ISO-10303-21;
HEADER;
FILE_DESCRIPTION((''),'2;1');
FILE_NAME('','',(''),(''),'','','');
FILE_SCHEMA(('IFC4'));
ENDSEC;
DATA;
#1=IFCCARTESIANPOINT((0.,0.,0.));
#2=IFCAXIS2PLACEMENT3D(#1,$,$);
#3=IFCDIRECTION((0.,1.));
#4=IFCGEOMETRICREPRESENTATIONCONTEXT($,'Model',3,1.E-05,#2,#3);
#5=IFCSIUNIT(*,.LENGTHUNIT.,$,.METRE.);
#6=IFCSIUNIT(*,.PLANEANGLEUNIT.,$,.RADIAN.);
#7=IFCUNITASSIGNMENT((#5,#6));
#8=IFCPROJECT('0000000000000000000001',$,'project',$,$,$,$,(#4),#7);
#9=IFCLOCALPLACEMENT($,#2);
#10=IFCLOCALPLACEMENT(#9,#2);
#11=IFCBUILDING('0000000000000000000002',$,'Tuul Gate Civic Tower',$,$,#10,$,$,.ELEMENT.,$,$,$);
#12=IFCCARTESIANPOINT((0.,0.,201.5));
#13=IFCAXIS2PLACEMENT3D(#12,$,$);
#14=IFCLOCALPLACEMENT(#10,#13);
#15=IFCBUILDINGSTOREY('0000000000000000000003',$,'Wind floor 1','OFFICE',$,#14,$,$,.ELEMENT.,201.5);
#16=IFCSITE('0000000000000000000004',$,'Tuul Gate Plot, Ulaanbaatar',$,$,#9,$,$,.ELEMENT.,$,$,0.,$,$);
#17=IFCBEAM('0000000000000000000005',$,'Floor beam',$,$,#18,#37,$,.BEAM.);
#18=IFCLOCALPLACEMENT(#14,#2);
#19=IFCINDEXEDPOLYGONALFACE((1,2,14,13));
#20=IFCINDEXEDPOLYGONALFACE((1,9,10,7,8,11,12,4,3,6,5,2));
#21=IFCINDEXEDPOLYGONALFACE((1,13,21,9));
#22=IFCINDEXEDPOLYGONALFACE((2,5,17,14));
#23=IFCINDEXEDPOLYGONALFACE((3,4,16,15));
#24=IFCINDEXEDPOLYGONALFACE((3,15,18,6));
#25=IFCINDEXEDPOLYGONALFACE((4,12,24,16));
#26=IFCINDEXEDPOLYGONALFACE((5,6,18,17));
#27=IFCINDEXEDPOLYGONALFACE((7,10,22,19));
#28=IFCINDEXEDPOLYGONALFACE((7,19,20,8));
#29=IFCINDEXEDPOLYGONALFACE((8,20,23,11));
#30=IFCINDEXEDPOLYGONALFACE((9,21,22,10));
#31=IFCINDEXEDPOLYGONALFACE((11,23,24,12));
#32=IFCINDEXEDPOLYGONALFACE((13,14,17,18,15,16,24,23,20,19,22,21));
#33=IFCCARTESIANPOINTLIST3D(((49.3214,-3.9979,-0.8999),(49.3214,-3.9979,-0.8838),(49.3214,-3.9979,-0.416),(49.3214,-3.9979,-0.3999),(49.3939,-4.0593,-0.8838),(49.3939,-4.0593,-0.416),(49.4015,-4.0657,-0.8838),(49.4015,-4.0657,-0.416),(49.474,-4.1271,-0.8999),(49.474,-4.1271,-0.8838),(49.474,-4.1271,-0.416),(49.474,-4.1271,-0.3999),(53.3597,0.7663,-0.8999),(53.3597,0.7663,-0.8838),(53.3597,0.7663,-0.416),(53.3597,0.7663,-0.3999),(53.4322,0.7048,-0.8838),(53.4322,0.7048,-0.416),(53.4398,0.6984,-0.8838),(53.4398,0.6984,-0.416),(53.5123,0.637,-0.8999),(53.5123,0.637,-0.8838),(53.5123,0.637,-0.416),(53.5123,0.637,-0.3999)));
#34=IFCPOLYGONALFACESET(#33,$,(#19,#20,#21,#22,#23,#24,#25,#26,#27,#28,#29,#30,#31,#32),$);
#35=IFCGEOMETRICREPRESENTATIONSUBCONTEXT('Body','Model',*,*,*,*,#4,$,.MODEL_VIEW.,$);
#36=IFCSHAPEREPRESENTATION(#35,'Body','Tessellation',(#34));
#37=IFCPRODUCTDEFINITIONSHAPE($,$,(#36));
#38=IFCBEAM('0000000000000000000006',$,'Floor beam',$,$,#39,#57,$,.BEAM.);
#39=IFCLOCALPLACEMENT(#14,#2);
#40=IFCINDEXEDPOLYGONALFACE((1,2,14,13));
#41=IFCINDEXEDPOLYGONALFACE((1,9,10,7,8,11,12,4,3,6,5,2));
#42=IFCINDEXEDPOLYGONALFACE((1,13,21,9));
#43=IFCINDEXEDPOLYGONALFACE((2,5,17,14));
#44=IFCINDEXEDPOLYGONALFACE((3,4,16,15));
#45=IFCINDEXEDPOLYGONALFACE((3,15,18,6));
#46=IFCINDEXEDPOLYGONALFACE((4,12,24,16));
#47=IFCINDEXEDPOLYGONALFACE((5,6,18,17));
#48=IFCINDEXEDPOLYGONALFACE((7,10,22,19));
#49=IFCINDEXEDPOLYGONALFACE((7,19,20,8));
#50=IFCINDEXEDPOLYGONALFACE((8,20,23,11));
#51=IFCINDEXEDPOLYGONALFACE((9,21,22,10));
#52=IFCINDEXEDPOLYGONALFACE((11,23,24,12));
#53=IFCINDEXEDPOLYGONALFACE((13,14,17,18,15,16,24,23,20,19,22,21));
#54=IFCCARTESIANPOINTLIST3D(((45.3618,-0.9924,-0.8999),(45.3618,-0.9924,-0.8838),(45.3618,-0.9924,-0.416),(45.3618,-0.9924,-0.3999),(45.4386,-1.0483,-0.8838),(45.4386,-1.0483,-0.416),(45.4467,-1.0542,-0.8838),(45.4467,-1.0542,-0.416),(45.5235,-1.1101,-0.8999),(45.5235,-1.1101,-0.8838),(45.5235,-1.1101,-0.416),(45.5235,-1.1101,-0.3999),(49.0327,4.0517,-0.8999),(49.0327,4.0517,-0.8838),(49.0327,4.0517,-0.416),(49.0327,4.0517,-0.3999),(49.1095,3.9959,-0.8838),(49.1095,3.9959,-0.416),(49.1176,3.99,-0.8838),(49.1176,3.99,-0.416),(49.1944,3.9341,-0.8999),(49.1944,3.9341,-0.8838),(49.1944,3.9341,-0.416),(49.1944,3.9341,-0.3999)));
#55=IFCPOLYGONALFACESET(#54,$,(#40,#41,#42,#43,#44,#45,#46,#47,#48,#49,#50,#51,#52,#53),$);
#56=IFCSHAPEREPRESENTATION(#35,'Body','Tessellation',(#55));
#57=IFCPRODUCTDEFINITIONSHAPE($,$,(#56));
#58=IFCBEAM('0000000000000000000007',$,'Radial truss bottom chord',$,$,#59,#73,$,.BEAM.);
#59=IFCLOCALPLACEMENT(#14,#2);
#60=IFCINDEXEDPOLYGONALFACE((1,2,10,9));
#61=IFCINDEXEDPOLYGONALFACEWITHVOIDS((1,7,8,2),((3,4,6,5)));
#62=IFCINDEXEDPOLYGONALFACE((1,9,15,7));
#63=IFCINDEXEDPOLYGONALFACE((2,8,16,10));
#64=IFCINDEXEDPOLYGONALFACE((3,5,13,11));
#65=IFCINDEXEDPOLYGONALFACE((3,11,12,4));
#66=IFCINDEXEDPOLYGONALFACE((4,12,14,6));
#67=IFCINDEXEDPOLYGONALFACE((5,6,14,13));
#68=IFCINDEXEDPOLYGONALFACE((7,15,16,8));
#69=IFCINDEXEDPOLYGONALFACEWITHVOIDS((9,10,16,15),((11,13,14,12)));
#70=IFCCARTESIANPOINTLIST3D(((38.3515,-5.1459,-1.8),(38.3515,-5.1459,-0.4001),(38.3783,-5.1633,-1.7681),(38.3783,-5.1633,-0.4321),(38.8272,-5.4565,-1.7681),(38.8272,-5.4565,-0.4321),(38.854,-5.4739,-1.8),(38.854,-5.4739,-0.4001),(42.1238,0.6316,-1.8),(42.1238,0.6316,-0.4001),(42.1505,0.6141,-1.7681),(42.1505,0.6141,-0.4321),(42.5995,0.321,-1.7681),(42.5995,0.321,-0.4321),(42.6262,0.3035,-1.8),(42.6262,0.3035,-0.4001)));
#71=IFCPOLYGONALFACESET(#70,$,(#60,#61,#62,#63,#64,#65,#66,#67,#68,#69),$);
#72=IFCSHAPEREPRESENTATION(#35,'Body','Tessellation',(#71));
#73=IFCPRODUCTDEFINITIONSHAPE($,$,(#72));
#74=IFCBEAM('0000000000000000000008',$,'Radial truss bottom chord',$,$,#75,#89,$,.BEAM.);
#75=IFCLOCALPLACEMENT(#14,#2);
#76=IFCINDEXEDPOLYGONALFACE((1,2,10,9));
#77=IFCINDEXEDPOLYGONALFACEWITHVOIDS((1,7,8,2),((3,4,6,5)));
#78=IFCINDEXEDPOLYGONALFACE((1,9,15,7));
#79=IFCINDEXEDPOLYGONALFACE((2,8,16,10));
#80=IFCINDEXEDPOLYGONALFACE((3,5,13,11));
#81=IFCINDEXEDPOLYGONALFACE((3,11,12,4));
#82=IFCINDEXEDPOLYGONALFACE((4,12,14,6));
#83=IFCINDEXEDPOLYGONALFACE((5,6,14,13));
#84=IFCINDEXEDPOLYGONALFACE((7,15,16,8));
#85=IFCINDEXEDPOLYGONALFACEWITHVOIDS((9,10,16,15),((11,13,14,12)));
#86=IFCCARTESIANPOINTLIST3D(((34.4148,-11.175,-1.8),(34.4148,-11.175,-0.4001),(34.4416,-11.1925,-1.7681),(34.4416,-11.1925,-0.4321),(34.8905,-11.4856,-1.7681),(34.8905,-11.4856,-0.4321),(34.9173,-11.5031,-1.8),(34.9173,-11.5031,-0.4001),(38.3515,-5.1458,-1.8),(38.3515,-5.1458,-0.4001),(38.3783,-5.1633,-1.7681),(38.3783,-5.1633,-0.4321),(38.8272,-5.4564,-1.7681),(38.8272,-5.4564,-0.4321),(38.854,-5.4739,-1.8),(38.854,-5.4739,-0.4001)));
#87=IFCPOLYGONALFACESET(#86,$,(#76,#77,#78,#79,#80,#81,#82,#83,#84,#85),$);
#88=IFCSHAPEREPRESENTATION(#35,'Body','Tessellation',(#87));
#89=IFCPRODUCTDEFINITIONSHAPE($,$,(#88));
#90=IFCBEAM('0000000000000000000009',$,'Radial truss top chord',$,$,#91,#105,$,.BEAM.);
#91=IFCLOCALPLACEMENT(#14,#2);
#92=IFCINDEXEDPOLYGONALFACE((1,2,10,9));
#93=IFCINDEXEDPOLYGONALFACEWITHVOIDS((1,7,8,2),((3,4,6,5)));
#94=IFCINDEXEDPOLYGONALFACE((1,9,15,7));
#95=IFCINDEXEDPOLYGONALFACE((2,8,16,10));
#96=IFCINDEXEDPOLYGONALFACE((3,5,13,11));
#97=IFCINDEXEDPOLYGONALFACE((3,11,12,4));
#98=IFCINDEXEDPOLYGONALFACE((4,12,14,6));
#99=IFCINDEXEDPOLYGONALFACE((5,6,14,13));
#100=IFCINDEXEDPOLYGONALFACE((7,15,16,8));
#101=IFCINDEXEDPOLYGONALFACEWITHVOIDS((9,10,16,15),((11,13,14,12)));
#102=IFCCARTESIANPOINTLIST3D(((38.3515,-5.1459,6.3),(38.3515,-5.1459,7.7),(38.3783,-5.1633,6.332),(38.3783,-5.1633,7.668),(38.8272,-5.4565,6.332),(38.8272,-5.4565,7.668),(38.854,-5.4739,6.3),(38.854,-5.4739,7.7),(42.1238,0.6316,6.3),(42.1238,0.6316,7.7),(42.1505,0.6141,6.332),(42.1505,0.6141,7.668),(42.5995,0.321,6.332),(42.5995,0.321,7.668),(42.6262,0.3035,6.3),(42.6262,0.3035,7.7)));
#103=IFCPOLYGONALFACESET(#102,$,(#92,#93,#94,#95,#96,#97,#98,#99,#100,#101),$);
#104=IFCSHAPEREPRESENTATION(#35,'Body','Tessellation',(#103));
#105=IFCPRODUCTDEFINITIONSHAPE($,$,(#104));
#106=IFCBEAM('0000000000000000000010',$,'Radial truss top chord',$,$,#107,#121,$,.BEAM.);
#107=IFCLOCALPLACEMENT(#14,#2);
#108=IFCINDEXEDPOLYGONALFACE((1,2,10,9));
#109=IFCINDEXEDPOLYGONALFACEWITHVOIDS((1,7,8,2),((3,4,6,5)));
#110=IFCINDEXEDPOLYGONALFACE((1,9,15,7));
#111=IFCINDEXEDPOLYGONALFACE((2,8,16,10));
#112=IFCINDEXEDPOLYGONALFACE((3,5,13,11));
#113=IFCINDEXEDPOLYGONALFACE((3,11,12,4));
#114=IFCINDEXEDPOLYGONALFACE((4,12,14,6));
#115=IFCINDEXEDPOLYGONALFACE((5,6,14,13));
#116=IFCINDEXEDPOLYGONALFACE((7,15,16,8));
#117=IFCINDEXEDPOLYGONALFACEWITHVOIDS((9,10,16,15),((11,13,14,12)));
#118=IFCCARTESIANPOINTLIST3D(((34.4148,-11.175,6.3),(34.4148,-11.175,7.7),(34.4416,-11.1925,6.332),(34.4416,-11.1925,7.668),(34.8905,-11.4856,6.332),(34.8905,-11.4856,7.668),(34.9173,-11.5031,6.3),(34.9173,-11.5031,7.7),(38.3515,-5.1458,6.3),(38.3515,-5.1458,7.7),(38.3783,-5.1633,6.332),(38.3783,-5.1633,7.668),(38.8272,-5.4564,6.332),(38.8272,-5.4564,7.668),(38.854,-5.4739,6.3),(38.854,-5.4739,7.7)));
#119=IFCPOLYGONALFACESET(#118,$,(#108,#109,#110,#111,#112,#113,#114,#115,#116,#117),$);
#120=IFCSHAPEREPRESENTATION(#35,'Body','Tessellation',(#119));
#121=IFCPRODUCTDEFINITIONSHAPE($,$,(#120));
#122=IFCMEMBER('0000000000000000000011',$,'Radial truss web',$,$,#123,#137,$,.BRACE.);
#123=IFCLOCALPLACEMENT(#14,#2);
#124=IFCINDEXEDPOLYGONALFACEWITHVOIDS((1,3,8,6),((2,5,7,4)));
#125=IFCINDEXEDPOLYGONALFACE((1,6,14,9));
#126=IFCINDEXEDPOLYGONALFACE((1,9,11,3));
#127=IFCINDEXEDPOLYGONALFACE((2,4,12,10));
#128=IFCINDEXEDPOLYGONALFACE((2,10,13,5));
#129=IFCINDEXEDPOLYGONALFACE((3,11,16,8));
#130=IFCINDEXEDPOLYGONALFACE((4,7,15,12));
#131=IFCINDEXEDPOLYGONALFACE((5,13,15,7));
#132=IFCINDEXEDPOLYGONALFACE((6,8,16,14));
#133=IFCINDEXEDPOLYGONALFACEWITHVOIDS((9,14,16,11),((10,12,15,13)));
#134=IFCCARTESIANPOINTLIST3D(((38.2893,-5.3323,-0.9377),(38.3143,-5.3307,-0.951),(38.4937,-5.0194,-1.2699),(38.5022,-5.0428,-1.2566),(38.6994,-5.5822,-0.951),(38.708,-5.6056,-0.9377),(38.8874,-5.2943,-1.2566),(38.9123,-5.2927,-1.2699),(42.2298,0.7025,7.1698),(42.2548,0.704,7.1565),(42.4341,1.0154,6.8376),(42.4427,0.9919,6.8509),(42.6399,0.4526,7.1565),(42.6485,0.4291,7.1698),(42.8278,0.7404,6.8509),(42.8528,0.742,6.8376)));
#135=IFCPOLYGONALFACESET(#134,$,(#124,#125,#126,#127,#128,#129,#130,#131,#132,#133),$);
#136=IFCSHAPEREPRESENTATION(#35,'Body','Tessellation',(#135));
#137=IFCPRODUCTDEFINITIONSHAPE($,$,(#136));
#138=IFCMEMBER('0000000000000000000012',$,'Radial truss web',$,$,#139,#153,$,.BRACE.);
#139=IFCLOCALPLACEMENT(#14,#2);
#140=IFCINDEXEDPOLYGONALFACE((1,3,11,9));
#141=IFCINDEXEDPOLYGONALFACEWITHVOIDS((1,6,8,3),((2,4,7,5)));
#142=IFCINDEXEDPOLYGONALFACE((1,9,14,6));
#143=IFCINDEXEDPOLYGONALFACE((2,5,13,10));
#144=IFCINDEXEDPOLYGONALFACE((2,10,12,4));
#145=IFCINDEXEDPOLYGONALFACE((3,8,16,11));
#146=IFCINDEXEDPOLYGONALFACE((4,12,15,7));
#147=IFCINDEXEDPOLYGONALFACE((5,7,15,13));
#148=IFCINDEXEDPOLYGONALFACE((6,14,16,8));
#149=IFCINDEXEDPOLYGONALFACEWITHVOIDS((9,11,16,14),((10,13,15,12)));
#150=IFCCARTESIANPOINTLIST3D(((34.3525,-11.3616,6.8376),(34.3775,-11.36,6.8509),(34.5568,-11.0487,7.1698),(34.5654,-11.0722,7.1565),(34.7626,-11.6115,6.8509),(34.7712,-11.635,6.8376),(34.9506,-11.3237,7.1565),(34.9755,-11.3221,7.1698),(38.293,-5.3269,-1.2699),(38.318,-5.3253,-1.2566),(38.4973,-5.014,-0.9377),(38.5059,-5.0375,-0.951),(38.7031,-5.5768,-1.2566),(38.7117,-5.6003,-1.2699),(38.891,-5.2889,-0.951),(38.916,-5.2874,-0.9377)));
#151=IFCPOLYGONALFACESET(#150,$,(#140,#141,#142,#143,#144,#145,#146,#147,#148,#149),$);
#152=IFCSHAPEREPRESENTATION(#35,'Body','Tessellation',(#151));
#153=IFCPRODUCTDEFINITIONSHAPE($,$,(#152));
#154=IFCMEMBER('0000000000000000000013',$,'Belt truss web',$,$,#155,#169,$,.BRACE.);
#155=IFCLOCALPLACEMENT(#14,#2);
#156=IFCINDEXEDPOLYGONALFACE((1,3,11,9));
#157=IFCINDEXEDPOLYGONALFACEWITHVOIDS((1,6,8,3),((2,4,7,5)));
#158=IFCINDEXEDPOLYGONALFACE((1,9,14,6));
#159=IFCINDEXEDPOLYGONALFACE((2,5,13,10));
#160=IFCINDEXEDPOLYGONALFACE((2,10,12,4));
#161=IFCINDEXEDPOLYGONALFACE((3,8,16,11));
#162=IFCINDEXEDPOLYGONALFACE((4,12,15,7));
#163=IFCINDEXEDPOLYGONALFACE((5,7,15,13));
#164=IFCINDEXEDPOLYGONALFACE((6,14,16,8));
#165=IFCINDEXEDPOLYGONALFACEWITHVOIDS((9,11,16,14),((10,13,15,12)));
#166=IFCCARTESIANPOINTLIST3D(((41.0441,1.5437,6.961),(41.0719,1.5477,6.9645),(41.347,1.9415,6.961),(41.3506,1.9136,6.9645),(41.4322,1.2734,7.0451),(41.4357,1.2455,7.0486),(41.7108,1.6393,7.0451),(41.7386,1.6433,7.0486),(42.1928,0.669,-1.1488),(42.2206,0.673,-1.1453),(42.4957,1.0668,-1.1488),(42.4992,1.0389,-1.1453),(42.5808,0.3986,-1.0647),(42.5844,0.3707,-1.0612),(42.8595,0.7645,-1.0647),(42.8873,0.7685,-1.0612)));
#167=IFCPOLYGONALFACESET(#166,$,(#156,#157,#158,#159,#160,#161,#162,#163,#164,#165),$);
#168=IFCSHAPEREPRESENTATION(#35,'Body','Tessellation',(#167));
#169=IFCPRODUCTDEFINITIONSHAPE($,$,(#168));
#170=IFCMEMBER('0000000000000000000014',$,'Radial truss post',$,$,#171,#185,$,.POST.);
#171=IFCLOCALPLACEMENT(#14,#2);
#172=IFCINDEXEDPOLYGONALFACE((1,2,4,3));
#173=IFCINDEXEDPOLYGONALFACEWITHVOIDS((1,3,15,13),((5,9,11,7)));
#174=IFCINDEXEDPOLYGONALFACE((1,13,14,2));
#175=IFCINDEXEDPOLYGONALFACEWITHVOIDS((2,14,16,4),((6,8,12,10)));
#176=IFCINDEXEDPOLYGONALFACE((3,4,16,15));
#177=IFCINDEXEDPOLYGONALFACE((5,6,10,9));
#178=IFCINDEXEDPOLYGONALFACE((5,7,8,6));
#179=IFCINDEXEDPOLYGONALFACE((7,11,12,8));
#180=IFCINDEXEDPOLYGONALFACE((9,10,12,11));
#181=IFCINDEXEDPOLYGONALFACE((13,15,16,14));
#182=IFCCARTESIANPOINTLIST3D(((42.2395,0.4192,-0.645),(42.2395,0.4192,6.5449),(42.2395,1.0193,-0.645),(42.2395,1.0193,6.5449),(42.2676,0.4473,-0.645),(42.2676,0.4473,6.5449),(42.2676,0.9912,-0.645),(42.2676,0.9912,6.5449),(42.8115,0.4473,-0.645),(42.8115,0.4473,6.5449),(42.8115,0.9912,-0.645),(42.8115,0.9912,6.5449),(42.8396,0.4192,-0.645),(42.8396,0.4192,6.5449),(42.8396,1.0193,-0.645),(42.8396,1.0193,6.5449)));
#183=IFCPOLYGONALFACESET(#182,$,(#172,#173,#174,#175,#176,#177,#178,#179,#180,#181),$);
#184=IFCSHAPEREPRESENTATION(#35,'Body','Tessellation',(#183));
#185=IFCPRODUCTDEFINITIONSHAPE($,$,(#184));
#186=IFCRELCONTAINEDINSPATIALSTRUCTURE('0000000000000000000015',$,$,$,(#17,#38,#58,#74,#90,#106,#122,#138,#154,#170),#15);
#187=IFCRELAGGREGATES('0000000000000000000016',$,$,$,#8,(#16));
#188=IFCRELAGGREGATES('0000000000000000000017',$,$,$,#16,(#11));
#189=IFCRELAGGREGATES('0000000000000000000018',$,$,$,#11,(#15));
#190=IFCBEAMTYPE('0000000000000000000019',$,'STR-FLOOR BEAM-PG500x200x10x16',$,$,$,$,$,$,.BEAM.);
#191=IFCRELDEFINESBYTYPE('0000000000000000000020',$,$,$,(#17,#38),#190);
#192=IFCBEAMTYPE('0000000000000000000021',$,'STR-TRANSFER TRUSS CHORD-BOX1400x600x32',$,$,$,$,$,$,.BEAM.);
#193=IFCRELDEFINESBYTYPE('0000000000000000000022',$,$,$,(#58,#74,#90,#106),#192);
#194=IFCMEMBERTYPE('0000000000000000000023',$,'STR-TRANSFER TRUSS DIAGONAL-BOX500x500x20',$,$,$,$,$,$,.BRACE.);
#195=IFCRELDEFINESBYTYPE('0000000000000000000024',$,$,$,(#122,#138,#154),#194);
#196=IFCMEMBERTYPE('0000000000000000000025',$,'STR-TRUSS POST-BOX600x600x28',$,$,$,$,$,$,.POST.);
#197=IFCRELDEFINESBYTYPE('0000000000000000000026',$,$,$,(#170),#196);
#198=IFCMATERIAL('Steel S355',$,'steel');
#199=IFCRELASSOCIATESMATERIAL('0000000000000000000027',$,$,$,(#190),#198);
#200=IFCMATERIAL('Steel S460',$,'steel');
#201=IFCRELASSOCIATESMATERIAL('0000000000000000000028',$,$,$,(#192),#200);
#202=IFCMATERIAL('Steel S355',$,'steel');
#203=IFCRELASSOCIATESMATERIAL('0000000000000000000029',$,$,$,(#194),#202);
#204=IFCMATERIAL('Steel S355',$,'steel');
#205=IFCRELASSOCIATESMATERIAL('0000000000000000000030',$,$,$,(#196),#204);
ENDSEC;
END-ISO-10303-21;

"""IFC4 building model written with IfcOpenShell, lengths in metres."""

from ifc_helpers import new_model, si_unit, direction, frame, origin, origin_2d, place, context, subcontext, project, spatial, hollow_rectangle, i_section, extrude, material, material_profile, profile_set, type_object, element, save


model = new_model("IFC4")

# Units and contexts
model_context = context("Model", 3, precision=1e-05, world=origin(), true_north=direction((0.0, 1.0)))
body_context = subcontext(model_context, "Body", "Model", "MODEL_VIEW")
ifc_project = project(units=[si_unit("LENGTHUNIT", "METRE"), si_unit("PLANEANGLEUNIT", "RADIAN")], contexts=[model_context])

# Site, building, storey
site_placement = place(None, origin())
site = spatial("IfcSite", under=ifc_project, at=site_placement, Name="Tuul Gate Plot, Ulaanbaatar", CompositionType="ELEMENT", RefElevation=0.0)
building_placement = place(site_placement, origin())
building = spatial("IfcBuilding", under=site, at=building_placement, Name="Tuul Gate Civic Tower", CompositionType="ELEMENT")
storey_placement = place(building_placement, frame((0.0, 0.0, 201.5)))
storey = spatial("IfcBuildingStorey", under=building, at=storey_placement, Name="Wind floor 1", Description="OFFICE", CompositionType="ELEMENT", Elevation=201.5)

# Beams
ifc_material_1 = material(Name="Steel S355", Category="steel")
ifc_material_profile_1 = material_profile(ifc_material_1, i_section(OverallWidth=0.2, OverallDepth=0.5, WebThickness=0.01, FlangeThickness=0.0161, at=origin_2d()), Name="PG500x200x10x16")
ifc_profile_set_1 = profile_set([ifc_material_profile_1], Name="Steel S355")
beam_type_1 = type_object("IfcBeamType", Name="STR-FLOOR BEAM-PG500x200x10x16", PredefinedType="BEAM", material=ifc_profile_set_1)
beam_1_placement = place(storey_placement, frame((49.3977, -4.0625, -0.6499), z_axis=(0.646606, 0.762824, 0.0), x_axis=(-0.762824, 0.646606, 0.0)))
element("IfcBeam", 1, at=beam_1_placement, inside=storey, type_object=beam_type_1, Name="Floor beam", PredefinedType="BEAM", context=body_context, shape_type="SweptSolid", body=[
    extrude(i_section(OverallWidth=0.2, OverallDepth=0.5, WebThickness=0.01, FlangeThickness=0.0161, at=origin_2d()), origin(), (0.0, 0.0, 1.0), 6.2454),
])
beam_2_placement = place(storey_placement, frame((45.4426, -1.0513, -0.6499), z_axis=(0.588423, 0.808553, 0.0), x_axis=(-0.808553, 0.588423, 0.0)))
element("IfcBeam", 2, at=beam_2_placement, inside=storey, type_object=beam_type_1, Name="Floor beam", PredefinedType="BEAM", context=body_context, shape_type="SweptSolid", body=[
    extrude(i_section(OverallWidth=0.2, OverallDepth=0.5, WebThickness=0.01, FlangeThickness=0.0161, at=origin_2d()), origin(), (0.0, 0.0, 1.0), 6.2385),
])
ifc_material_2 = material(Name="Steel S460", Category="steel")
ifc_material_profile_2 = material_profile(ifc_material_2, hollow_rectangle(XDim=0.6001, YDim=1.3999, WallThickness=0.032, at=origin_2d()), Name="BOX1400x600x32")
ifc_profile_set_2 = profile_set([ifc_material_profile_2], Name="Steel S460")
beam_type_2 = type_object("IfcBeamType", Name="STR-TRANSFER TRUSS CHORD-BOX1400x600x32", PredefinedType="BEAM", material=ifc_profile_set_2)
beam_3_placement = place(storey_placement, frame((42.375, 0.4675, -1.1001), z_axis=(-0.546713, -0.83732, 0.0), x_axis=(0.83732, -0.546713, 0.0)))
element("IfcBeam", 3, at=beam_3_placement, inside=storey, type_object=beam_type_2, Name="Radial truss bottom chord", PredefinedType="BEAM", context=body_context, shape_type="SweptSolid", body=[
    extrude(hollow_rectangle(XDim=0.6001, YDim=1.3999, WallThickness=0.032, at=origin_2d()), origin(), (0.0, 0.0, 1.0), 6.8999),
])
beam_4_placement = place(storey_placement, frame((38.6028, -5.3098, -1.1001), z_axis=(-0.546718, -0.837317, 0.0), x_axis=(0.837317, -0.546718, 0.0)))
element("IfcBeam", 4, at=beam_4_placement, inside=storey, type_object=beam_type_2, Name="Radial truss bottom chord", PredefinedType="BEAM", context=body_context, shape_type="SweptSolid", body=[
    extrude(hollow_rectangle(XDim=0.6001, YDim=1.3999, WallThickness=0.032, at=origin_2d()), origin(), (0.0, 0.0, 1.0), 7.2007),
])
beam_5_placement = place(storey_placement, frame((42.375, 0.4675, 7.0), z_axis=(-0.546713, -0.83732, 0.0), x_axis=(0.83732, -0.546713, 0.0)))
element("IfcBeam", 5, at=beam_5_placement, inside=storey, type_object=beam_type_2, Name="Radial truss top chord", PredefinedType="BEAM", context=body_context, shape_type="SweptSolid", body=[
    extrude(hollow_rectangle(XDim=0.6001, YDim=1.3999, WallThickness=0.032, at=origin_2d()), origin(), (0.0, 0.0, 1.0), 6.8999),
])
beam_6_placement = place(storey_placement, frame((38.6028, -5.3098, 7.0), z_axis=(-0.546718, -0.837317, 0.0), x_axis=(0.837317, -0.546718, 0.0)))
element("IfcBeam", 6, at=beam_6_placement, inside=storey, type_object=beam_type_2, Name="Radial truss top chord", PredefinedType="BEAM", context=body_context, shape_type="SweptSolid", body=[
    extrude(hollow_rectangle(XDim=0.6001, YDim=1.3999, WallThickness=0.032, at=origin_2d()), origin(), (0.0, 0.0, 1.0), 7.2007),
])

# Members
ifc_material_3 = material(Name="Steel S355", Category="steel")
ifc_material_profile_3 = material_profile(ifc_material_3, hollow_rectangle(XDim=0.5, YDim=0.5, WallThickness=0.02, at=origin_2d()), Name="BOX500x500x20")
ifc_profile_set_3 = profile_set([ifc_material_profile_3], Name="Steel S355")
member_type_1 = type_object("IfcMemberType", Name="STR-TRANSFER TRUSS DIAGONAL-BOX500x500x20", PredefinedType="BRACE", material=ifc_profile_set_3)
for number, where, z_axis, x_axis, name in (
    (7, (38.6008, -5.3125, -1.1038), (0.363247, 0.556304, 0.74738), (-0.837307, 0.546733, 0.0), "Radial truss web"),
    (8, (38.6045, -5.3071, -1.1038), (-0.363247, -0.556304, 0.74738), (0.837307, -0.546733, 0.0), "Radial truss web"),
):
    element("IfcMember", number, at=place(storey_placement, frame(where, z_axis=z_axis, x_axis=x_axis)), inside=storey, type_object=member_type_1, Name=name, PredefinedType="BRACE", context=body_context, shape_type="SweptSolid", body=[
        extrude(hollow_rectangle(XDim=0.5, YDim=0.5, WallThickness=0.02, at=origin_2d()), origin(), (0.0, 0.0, 1.0), 10.8479),
    ])
member_placement = place(storey_placement, frame((42.54, 0.7188, -1.105), z_axis=(-0.139447, 0.106193, 0.984519), x_axis=(-0.605855, -0.795575, 0.0)))
element("IfcMember", 9, at=member_placement, inside=storey, type_object=member_type_1, Name="Belt truss web", PredefinedType="BRACE", context=body_context, shape_type="SweptSolid", body=[
    extrude(hollow_rectangle(XDim=0.5, YDim=0.5, WallThickness=0.02, at=origin_2d()), origin(), (0.0, 0.0, 1.0), 8.2373),
])
ifc_material_4 = material(Name="Steel S355", Category="steel")
ifc_material_profile_4 = material_profile(ifc_material_4, hollow_rectangle(XDim=0.6001, YDim=0.6001, WallThickness=0.0281, at=origin_2d()), Name="BOX600x600x28")
ifc_profile_set_4 = profile_set([ifc_material_profile_4], Name="Steel S355")
member_type_2 = type_object("IfcMemberType", Name="STR-TRUSS POST-BOX600x600x28", PredefinedType="POST", material=ifc_profile_set_4)
for number, where, z_axis, x_axis, name in (
    (10, (42.5396, 0.7192, -0.645), (0.0, 0.0, 1.0), (1.0, 0.0, 0.0), "Radial truss post"),
):
    element("IfcMember", number, at=place(storey_placement, frame(where, z_axis=z_axis, x_axis=x_axis)), inside=storey, type_object=member_type_2, Name=name, PredefinedType="POST", context=body_context, shape_type="SweptSolid", body=[
        extrude(hollow_rectangle(XDim=0.6001, YDim=0.6001, WallThickness=0.0281, at=origin_2d()), origin(), (0.0, 0.0, 1.0), 7.1899),
    ])

save(model, "model.ifc")
